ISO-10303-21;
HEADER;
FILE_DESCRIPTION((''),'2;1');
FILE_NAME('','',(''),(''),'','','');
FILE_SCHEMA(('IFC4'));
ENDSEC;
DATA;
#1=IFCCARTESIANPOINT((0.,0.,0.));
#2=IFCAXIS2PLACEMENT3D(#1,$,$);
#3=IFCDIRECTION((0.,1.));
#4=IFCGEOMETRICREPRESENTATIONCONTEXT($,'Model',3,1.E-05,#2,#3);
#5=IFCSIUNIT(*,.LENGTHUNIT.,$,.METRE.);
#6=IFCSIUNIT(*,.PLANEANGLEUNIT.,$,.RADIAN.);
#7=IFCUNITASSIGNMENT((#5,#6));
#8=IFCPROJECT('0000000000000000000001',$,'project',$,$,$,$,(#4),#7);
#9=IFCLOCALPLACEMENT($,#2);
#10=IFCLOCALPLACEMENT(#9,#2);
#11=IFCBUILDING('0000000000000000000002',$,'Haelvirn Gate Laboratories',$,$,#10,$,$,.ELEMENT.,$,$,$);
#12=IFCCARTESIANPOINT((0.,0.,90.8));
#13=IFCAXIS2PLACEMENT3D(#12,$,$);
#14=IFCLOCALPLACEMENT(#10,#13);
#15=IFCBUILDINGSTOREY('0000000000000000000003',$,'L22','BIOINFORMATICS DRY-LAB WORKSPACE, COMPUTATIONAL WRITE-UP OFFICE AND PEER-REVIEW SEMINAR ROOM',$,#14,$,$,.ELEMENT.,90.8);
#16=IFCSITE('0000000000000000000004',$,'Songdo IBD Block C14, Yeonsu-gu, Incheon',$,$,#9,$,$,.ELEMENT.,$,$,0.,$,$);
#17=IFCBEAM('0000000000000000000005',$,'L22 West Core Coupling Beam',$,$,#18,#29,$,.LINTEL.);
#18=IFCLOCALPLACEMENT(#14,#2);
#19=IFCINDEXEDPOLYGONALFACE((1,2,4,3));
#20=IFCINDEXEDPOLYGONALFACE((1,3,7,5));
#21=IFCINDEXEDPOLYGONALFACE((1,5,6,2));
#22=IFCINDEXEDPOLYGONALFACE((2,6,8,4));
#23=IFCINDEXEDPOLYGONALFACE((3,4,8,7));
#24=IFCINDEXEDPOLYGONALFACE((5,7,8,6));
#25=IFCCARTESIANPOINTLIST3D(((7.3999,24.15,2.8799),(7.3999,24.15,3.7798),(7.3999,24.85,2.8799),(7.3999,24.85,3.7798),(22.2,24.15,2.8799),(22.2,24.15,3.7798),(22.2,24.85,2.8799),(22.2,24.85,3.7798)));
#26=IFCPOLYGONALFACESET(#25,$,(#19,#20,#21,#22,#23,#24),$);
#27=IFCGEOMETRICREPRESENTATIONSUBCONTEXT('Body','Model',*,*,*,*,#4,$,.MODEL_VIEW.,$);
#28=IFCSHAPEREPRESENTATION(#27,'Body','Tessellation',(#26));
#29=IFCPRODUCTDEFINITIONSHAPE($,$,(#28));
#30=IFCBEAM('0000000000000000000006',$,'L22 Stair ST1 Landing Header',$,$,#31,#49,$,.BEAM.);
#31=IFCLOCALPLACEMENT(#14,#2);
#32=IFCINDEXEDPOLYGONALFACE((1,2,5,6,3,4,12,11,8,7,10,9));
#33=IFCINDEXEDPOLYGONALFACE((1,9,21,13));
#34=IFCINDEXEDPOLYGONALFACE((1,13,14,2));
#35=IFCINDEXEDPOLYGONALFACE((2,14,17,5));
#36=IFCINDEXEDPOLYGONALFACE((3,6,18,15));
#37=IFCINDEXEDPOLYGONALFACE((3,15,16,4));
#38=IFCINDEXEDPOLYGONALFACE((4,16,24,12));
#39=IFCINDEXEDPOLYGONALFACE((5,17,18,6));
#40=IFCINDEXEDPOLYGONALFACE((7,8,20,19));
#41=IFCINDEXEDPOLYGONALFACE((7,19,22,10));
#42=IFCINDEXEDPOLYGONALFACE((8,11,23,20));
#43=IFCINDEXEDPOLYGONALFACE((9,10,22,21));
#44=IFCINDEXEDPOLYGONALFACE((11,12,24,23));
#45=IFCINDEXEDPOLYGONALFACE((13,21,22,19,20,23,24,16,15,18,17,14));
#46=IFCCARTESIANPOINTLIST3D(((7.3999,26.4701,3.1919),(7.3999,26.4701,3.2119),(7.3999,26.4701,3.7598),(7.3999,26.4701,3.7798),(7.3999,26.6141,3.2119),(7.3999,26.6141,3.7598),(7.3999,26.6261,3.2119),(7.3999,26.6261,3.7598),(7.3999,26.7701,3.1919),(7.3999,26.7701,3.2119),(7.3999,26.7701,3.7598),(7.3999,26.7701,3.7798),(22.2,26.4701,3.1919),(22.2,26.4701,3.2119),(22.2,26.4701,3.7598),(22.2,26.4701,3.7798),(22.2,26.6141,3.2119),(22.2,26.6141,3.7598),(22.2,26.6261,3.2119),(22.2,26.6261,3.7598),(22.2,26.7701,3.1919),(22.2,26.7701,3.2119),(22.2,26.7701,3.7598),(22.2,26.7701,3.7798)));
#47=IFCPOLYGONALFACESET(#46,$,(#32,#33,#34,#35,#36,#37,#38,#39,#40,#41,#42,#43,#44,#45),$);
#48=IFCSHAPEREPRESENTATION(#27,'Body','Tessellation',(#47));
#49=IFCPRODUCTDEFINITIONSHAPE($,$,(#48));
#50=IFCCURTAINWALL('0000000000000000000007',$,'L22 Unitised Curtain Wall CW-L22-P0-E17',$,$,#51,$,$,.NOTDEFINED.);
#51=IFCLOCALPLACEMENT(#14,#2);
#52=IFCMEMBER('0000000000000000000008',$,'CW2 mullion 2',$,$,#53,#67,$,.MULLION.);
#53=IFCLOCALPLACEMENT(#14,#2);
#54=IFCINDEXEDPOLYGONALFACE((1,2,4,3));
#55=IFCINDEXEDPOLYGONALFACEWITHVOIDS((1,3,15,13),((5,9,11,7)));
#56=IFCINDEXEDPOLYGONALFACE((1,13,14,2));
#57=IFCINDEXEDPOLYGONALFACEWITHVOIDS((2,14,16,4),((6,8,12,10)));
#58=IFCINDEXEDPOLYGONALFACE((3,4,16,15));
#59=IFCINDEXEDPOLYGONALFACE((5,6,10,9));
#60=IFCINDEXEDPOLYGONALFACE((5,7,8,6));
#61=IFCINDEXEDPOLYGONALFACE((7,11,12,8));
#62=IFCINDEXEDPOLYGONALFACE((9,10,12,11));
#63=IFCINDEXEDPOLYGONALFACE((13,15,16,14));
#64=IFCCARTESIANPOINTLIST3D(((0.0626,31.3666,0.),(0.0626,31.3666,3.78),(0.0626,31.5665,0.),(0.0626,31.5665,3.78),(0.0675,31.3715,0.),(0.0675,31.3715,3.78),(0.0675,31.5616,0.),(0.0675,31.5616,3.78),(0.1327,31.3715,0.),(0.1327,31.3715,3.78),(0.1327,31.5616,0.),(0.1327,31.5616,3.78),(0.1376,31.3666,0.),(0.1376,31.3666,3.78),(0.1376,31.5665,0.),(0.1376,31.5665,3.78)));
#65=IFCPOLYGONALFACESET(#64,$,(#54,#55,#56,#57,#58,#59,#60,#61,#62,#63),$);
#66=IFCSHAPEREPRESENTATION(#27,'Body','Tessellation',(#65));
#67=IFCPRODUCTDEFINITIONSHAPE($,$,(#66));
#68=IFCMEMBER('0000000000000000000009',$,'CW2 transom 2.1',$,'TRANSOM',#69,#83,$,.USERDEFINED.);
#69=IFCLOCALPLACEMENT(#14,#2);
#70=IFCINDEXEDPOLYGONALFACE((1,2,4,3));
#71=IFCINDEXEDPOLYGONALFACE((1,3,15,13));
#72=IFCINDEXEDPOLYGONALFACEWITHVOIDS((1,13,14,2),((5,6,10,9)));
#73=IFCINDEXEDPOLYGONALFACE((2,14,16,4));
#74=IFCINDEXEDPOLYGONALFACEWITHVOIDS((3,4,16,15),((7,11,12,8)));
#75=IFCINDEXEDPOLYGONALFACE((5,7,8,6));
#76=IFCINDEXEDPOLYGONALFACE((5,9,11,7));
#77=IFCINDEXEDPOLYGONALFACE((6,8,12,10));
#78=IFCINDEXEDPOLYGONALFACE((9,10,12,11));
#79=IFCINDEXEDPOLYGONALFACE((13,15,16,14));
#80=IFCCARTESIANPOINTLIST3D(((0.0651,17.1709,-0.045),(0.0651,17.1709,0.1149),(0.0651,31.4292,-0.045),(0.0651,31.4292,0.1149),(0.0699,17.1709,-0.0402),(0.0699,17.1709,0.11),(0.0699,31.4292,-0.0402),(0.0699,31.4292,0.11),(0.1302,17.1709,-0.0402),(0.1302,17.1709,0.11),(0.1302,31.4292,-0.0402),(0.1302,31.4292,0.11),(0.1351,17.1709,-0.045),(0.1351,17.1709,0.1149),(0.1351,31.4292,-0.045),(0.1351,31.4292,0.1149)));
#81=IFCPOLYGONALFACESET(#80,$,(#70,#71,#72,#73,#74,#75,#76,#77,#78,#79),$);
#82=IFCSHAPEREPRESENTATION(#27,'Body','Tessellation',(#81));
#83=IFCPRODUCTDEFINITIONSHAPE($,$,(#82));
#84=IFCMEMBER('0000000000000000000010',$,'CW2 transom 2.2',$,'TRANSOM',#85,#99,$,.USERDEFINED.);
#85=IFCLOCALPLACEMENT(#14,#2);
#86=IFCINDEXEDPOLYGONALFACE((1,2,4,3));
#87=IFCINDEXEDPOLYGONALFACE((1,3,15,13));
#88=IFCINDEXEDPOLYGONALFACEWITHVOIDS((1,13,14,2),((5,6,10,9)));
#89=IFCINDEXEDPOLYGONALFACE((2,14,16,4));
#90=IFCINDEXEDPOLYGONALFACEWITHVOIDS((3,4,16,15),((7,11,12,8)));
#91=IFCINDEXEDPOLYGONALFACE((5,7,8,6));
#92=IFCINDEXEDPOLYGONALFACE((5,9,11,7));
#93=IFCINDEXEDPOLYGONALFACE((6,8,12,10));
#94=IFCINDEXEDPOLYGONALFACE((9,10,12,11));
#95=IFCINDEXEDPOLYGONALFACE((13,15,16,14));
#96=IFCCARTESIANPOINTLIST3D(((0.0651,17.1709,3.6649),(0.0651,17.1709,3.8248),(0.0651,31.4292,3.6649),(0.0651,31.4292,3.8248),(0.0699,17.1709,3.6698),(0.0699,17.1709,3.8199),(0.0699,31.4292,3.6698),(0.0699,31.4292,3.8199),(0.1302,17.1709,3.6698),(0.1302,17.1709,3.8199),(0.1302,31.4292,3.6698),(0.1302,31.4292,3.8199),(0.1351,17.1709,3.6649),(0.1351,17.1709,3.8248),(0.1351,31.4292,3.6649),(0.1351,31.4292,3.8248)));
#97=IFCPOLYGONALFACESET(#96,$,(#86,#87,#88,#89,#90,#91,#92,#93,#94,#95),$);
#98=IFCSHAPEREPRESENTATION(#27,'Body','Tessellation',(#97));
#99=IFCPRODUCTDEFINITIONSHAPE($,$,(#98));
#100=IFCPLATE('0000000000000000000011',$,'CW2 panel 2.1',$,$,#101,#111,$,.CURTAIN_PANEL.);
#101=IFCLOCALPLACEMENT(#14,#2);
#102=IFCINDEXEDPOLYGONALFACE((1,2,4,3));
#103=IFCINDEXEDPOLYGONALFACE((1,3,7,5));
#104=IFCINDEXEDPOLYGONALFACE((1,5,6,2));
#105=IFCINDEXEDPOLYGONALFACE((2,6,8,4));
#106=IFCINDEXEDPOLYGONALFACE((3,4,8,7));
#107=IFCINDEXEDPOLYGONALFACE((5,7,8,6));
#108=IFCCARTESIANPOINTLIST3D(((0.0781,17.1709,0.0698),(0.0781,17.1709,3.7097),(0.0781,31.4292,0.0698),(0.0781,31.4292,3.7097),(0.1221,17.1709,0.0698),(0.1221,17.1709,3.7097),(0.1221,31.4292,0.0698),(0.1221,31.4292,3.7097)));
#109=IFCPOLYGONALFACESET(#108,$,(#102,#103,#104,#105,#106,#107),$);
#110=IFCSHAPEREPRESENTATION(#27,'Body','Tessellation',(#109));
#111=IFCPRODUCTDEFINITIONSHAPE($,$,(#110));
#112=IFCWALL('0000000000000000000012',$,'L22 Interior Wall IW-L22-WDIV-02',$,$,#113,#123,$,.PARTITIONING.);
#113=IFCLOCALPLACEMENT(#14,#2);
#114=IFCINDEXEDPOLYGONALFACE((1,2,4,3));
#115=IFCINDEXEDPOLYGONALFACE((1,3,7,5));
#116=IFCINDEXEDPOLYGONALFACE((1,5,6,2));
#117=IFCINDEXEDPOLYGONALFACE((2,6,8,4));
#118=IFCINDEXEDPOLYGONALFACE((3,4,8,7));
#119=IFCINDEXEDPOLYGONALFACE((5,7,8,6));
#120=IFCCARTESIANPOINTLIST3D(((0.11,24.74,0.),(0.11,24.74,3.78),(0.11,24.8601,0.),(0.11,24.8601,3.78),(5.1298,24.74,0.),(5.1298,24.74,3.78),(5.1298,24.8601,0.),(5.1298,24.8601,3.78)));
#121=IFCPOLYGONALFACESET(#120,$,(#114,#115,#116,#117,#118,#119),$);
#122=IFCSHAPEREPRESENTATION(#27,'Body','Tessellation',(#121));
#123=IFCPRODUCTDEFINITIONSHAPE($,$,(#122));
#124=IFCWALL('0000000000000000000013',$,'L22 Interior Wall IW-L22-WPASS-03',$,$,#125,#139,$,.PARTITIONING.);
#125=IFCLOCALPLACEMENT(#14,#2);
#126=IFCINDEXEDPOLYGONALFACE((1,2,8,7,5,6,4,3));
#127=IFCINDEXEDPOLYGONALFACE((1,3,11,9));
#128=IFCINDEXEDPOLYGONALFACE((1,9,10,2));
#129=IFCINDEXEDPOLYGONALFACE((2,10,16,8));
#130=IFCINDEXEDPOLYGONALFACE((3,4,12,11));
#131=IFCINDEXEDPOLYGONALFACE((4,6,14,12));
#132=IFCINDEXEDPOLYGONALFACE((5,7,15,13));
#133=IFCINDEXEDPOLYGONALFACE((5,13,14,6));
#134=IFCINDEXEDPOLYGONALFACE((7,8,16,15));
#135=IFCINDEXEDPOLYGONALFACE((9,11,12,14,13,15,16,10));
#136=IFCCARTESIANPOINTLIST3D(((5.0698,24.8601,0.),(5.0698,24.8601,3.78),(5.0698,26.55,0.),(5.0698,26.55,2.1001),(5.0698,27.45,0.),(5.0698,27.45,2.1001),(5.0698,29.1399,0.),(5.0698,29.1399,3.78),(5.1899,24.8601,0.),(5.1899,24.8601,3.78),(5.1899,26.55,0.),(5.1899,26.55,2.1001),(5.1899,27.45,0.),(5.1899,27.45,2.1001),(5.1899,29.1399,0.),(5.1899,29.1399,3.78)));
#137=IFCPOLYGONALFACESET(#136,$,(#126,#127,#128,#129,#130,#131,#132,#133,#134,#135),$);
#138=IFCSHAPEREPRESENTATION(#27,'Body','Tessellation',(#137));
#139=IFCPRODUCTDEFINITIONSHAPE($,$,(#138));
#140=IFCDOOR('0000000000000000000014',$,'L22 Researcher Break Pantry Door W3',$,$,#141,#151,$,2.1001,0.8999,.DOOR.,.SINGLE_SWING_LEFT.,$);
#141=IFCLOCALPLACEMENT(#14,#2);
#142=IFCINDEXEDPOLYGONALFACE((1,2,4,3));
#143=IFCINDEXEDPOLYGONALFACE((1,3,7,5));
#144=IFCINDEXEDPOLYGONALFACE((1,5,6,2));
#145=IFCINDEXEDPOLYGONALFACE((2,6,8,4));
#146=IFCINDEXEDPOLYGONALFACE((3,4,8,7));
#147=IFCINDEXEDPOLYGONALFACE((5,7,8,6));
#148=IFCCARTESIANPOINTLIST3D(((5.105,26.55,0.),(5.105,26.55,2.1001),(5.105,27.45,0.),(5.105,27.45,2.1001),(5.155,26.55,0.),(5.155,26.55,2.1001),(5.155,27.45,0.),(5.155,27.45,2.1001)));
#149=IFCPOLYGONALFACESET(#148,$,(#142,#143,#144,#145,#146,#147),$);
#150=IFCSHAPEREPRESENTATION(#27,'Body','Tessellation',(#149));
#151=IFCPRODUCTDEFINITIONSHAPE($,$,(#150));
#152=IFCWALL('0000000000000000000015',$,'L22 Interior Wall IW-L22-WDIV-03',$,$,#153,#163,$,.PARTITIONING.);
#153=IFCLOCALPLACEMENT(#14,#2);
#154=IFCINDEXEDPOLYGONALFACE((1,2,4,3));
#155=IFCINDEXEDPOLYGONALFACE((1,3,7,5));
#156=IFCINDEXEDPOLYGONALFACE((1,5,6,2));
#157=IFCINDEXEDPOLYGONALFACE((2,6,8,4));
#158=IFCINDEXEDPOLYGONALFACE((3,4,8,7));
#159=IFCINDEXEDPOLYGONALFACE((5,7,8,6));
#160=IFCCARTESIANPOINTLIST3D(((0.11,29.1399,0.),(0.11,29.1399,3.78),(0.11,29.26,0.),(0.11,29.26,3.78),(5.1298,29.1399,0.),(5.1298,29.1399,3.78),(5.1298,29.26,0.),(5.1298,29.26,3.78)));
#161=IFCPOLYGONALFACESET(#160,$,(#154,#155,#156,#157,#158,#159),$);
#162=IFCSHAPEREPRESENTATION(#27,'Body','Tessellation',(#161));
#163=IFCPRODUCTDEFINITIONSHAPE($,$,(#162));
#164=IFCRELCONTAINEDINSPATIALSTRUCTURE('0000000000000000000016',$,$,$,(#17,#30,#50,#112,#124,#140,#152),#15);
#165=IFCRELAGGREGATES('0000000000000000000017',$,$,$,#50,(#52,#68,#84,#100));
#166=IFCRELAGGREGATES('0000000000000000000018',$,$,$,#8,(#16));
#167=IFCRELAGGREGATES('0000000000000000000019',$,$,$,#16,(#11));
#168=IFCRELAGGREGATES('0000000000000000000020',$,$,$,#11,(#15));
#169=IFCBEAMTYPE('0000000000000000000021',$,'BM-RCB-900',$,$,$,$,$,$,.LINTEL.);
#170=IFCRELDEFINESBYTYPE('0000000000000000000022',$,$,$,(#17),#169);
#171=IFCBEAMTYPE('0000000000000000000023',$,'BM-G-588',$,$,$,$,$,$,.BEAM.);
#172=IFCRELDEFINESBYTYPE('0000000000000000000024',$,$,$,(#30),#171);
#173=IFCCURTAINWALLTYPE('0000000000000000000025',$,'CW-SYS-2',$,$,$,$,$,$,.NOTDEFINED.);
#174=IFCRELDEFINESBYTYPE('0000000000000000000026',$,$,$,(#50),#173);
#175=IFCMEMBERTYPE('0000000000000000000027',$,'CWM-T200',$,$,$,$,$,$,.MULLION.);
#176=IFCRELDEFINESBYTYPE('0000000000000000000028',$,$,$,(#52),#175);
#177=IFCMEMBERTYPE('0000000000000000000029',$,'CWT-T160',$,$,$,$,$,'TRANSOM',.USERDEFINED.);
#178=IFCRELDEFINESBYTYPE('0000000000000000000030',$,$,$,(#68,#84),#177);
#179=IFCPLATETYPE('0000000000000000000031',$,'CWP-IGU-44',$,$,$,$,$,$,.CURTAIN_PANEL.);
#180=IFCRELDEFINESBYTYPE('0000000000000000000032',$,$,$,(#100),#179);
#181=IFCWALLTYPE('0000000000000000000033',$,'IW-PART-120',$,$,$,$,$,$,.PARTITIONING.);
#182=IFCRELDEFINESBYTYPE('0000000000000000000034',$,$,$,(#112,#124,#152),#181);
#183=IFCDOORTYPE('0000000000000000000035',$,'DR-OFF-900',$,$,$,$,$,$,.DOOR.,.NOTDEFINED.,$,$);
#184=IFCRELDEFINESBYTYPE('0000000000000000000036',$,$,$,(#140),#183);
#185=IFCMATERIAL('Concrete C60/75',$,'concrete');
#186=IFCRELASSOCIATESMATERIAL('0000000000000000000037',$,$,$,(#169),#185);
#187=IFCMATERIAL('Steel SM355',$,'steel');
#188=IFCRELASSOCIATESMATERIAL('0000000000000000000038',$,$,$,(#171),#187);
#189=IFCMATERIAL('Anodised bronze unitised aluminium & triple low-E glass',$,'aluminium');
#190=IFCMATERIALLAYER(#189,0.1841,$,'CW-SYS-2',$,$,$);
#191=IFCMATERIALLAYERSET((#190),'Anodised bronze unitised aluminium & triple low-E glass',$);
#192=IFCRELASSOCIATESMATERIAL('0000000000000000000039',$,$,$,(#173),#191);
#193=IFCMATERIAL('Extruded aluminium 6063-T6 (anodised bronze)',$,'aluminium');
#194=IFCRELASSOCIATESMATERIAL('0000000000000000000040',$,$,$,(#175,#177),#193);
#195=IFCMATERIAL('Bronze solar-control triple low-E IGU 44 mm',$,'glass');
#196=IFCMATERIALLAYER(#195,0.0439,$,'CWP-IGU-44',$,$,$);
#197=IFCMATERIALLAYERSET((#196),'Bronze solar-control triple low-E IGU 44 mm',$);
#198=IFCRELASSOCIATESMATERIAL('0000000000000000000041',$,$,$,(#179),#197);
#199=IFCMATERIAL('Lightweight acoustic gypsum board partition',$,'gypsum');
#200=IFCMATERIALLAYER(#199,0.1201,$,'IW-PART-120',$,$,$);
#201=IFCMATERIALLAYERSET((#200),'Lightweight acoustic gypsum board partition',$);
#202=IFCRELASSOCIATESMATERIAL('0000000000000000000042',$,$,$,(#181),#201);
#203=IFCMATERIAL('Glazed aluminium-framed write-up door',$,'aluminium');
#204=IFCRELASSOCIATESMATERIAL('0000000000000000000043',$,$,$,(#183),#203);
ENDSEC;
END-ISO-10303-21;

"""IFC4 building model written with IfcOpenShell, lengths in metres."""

from ifc_helpers import new_model, si_unit, direction, frame, frame_2d, origin, origin_2d, place, context, subcontext, project, spatial, rectangle, hollow_rectangle, i_section, extrude, source, transform, mapped, material, layer, layer_set, material_profile, profile_set, type_object, type_shapes, element, fill, aggregate, save


model = new_model("IFC4")

# Units and contexts
model_context = context("Model", 3, precision=1e-05, world=origin(), true_north=direction((0.0, 1.0)))
body_context = subcontext(model_context, "Body", "Model", "MODEL_VIEW")
ifc_project = project(units=[si_unit("LENGTHUNIT", "METRE"), si_unit("PLANEANGLEUNIT", "RADIAN")], contexts=[model_context])

# Site, building, storey
site_placement = place(None, origin())
site = spatial("IfcSite", under=ifc_project, at=site_placement, Name="Songdo IBD Block C14, Yeonsu-gu, Incheon", CompositionType="ELEMENT", RefElevation=0.0)
building_placement = place(site_placement, origin())
building = spatial("IfcBuilding", under=site, at=building_placement, Name="Haelvirn Gate Laboratories", CompositionType="ELEMENT")
storey_placement = place(building_placement, frame((0.0, 0.0, 90.8)))
storey = spatial("IfcBuildingStorey", under=building, at=storey_placement, Name="L22", Description="BIOINFORMATICS DRY-LAB WORKSPACE, COMPUTATIONAL WRITE-UP OFFICE AND PEER-REVIEW SEMINAR ROOM", CompositionType="ELEMENT", Elevation=90.8)

# Beams
ifc_material_1 = material(Name="Concrete C60/75", Category="concrete")
ifc_material_profile_1 = material_profile(ifc_material_1, rectangle(XDim=0.7, YDim=0.8999, at=origin_2d()), Name="RCB-700x900")
ifc_profile_set_1 = profile_set([ifc_material_profile_1], Name="Concrete C60/75")
beam_type_1 = type_object("IfcBeamType", Name="BM-RCB-900", PredefinedType="LINTEL", material=ifc_profile_set_1)
shared_shape_1 = source(origin(), body_context, "Body", "SweptSolid", [
    extrude(rectangle(XDim=0.7, YDim=0.8999, at=origin_2d()), origin(), (0.0, 0.0, 1.0), 14.8),
])
type_shapes(beam_type_1, [shared_shape_1])
beam_1_placement = place(storey_placement, frame((7.3999, 24.5, 3.3298), z_axis=(1.0, 0.0, 0.0), x_axis=(0.0, 1.0, 0.0)))
element("IfcBeam", 1, at=beam_1_placement, inside=storey, type_object=beam_type_1, Name="L22 West Core Coupling Beam", PredefinedType="LINTEL", context=body_context, shape_type="MappedRepresentation", body=[
    mapped(shared_shape_1, transform((0.0, 0.0, 0.0), scale=1.0)),
])
ifc_material_2 = material(Name="Steel SM355", Category="steel")
ifc_material_profile_2 = material_profile(ifc_material_2, i_section(OverallWidth=0.3, OverallDepth=0.5879, WebThickness=0.012, FlangeThickness=0.02, at=origin_2d()), Name="H-588x300x12x20")
ifc_profile_set_2 = profile_set([ifc_material_profile_2], Name="Steel SM355")
beam_type_2 = type_object("IfcBeamType", Name="BM-G-588", PredefinedType="BEAM", material=ifc_profile_set_2)
shared_shape_2 = source(origin(), body_context, "Body", "SweptSolid", [
    extrude(i_section(OverallWidth=0.3, OverallDepth=0.5879, WebThickness=0.012, FlangeThickness=0.02, at=origin_2d()), origin(), (0.0, 0.0, 1.0), 14.8),
])
type_shapes(beam_type_2, [shared_shape_2])
beam_2_placement = place(storey_placement, frame((7.3999, 26.6201, 3.4858), z_axis=(1.0, 0.0, 0.0), x_axis=(0.0, 1.0, 0.0)))
element("IfcBeam", 2, at=beam_2_placement, inside=storey, type_object=beam_type_2, Name="L22 Stair ST1 Landing Header", PredefinedType="BEAM", context=body_context, shape_type="MappedRepresentation", body=[
    mapped(shared_shape_2, transform((0.0, 0.0, 0.0), scale=1.0)),
])

# Curtain wall, members, plate
ifc_material_3 = material(Name="Anodised bronze unitised aluminium & triple low-E glass", Category="aluminium")
ifc_layer_1 = layer(ifc_material_3, 0.1841, Name="CW-SYS-2")
ifc_layer_set_1 = layer_set([ifc_layer_1], Name="Anodised bronze unitised aluminium & triple low-E glass")
curtain_wall_type = type_object("IfcCurtainWallType", Name="CW-SYS-2", PredefinedType="NOTDEFINED", material=ifc_layer_set_1)
curtain_wall_placement = place(storey_placement, origin())
curtain_wall = element("IfcCurtainWall", 3, at=curtain_wall_placement, inside=storey, type_object=curtain_wall_type, Name="L22 Unitised Curtain Wall CW-L22-P0-E17", PredefinedType="NOTDEFINED")
ifc_material_4 = material(Name="Extruded aluminium 6063-T6 (anodised bronze)", Category="aluminium")
ifc_material_profile_3 = material_profile(ifc_material_4, hollow_rectangle(XDim=0.075, YDim=0.2, WallThickness=0.0049, at=origin_2d()), Name="CWM-200x75x5")
ifc_profile_set_3 = profile_set([ifc_material_profile_3], Name="Extruded aluminium 6063-T6 (anodised bronze)")
member_type_1 = type_object("IfcMemberType", Name="CWM-T200", PredefinedType="MULLION", material=ifc_profile_set_3)
shared_shape_3 = source(origin(), body_context, "Body", "SweptSolid", [
    extrude(hollow_rectangle(XDim=0.075, YDim=0.2, WallThickness=0.0049, at=origin_2d()), origin(), (0.0, 0.0, 1.0), 3.78),
])
type_shapes(member_type_1, [shared_shape_3])
member_1_placement = place(storey_placement, frame((0.1001, 31.4666, 0.0), z_axis=(0.0, 0.0, 1.0), x_axis=(1.0, 0.0, 0.0)))
member_1 = element("IfcMember", 4, at=member_1_placement, type_object=member_type_1, Name="CW2 mullion 2", PredefinedType="MULLION", context=body_context, shape_type="MappedRepresentation", body=[
    mapped(shared_shape_3, transform((0.0, 0.0, 0.0), scale=1.0)),
])
ifc_material_profile_4 = material_profile(ifc_material_4, hollow_rectangle(XDim=0.0701, YDim=0.1599, WallThickness=0.0049, at=origin_2d()), Name="CWT-160x70x5")
ifc_profile_set_4 = profile_set([ifc_material_profile_4], Name="Extruded aluminium 6063-T6 (anodised bronze)")
member_type_2 = type_object("IfcMemberType", Name="CWT-T160", ElementType="TRANSOM", PredefinedType="USERDEFINED", material=ifc_profile_set_4)
shared_shape_4 = source(origin(), body_context, "Body", "SweptSolid", [
    extrude(hollow_rectangle(XDim=0.0701, YDim=0.1599, WallThickness=0.0049, at=origin_2d()), origin(), (0.0, 0.0, 1.0), 14.2583),
])
type_shapes(member_type_2, [shared_shape_4])
member_2_placement = place(storey_placement, frame((0.1001, 31.4292, 0.0349), z_axis=(0.0, -1.0, 0.0), x_axis=(1.0, 0.0, 0.0)))
member_2 = element("IfcMember", 5, at=member_2_placement, type_object=member_type_2, Name="CW2 transom 2.1", ObjectType="TRANSOM", PredefinedType="USERDEFINED", context=body_context, shape_type="MappedRepresentation", body=[
    mapped(shared_shape_4, transform((0.0, 0.0, 0.0), scale=1.0)),
])
member_3_placement = place(storey_placement, frame((0.1001, 31.4292, 3.7449), z_axis=(0.0, -1.0, 0.0), x_axis=(1.0, 0.0, 0.0)))
member_3 = element("IfcMember", 6, at=member_3_placement, type_object=member_type_2, Name="CW2 transom 2.2", ObjectType="TRANSOM", PredefinedType="USERDEFINED", context=body_context, shape_type="MappedRepresentation", body=[
    mapped(shared_shape_4, transform((0.0, 0.0, 0.0), scale=1.0)),
])
ifc_material_5 = material(Name="Bronze solar-control triple low-E IGU 44 mm", Category="glass")
ifc_layer_2 = layer(ifc_material_5, 0.0439, Name="CWP-IGU-44")
ifc_layer_set_2 = layer_set([ifc_layer_2], Name="Bronze solar-control triple low-E IGU 44 mm")
plate_type = type_object("IfcPlateType", Name="CWP-IGU-44", PredefinedType="CURTAIN_PANEL", material=ifc_layer_set_2)
shared_shape_5 = source(origin(), body_context, "Body", "SweptSolid", [
    extrude(rectangle(XDim=14.2583, YDim=0.0439, at=origin_2d()), origin(), (0.0, 0.0, 1.0), 3.6399),
])
type_shapes(plate_type, [shared_shape_5])
plate_placement = place(storey_placement, frame((0.1001, 24.3, 0.0698), z_axis=(0.0, 0.0, 1.0), x_axis=(0.0, -1.0, 0.0)))
plate = element("IfcPlate", 7, at=plate_placement, type_object=plate_type, Name="CW2 panel 2.1", PredefinedType="CURTAIN_PANEL", context=body_context, shape_type="MappedRepresentation", body=[
    mapped(shared_shape_5, transform((0.0, 0.0, 0.0), scale=1.0)),
])
aggregate(curtain_wall, [member_1, member_2, member_3, plate])

# Wall
ifc_material_6 = material(Name="Lightweight acoustic gypsum board partition", Category="gypsum")
ifc_layer_3 = layer(ifc_material_6, 0.1201, Name="IW-PART-120")
ifc_layer_set_3 = layer_set([ifc_layer_3], Name="Lightweight acoustic gypsum board partition")
wall_type_1 = type_object("IfcWallType", Name="IW-PART-120", PredefinedType="PARTITIONING", material=ifc_layer_set_3)
wall_1_placement = place(storey_placement, frame((0.1101, 24.8, 0.0), z_axis=(0.0, 0.0, 1.0), x_axis=(1.0, 0.0, 0.0)))
element("IfcWall", 8, at=wall_1_placement, inside=storey, type_object=wall_type_1, Name="L22 Interior Wall IW-L22-WDIV-02", PredefinedType="PARTITIONING", context=body_context, shape_type="SweptSolid", body=[
    extrude(rectangle(XDim=5.0198, YDim=0.1201, at=frame_2d((2.5098, 0.0))), origin(), (0.0, 0.0, 1.0), 3.78),
])

# Wall, opening, door
wall_2_placement = place(storey_placement, frame((5.1299, 24.8601, 0.0), z_axis=(0.0, 0.0, 1.0), x_axis=(0.0, 1.0, 0.0)))
wall_2 = element("IfcWall", 9, at=wall_2_placement, inside=storey, type_object=wall_type_1, Name="L22 Interior Wall IW-L22-WPASS-03", PredefinedType="PARTITIONING", context=body_context, shape_type="SweptSolid", body=[
    extrude(rectangle(XDim=4.2798, YDim=0.1201, at=frame_2d((2.1399, 0.0))), origin(), (0.0, 0.0, 1.0), 3.78),
])
opening_1_placement = place(wall_2_placement, frame((1.6899, 0.0, 0.0)))
opening_1 = element("IfcOpeningElement", 10, at=opening_1_placement, cuts=wall_2, PredefinedType="OPENING", context=body_context, shape_type="SweptSolid", body=[
    extrude(rectangle(XDim=0.8999, YDim=2.1001, at=frame_2d((0.45, 1.05))), frame((0.0, 0.0701, 0.0), z_axis=(0.0, -1.0, 0.0), x_axis=(1.0, 0.0, 0.0)), (0.0, 0.0, 1.0), 0.1401),
])
ifc_material_7 = material(Name="Glazed aluminium-framed write-up door", Category="aluminium")
door_type = type_object("IfcDoorType", Name="DR-OFF-900", OperationType="NOTDEFINED", PredefinedType="DOOR", material=ifc_material_7)
shared_shape_6 = source(origin(), body_context, "Body", "SweptSolid", [
    extrude(rectangle(XDim=0.8999, YDim=2.1001, at=frame_2d((0.45, 1.05))), frame((0.0, 0.0249, 0.0), z_axis=(0.0, -1.0, 0.0), x_axis=(1.0, 0.0, 0.0)), (0.0, 0.0, 1.0), 0.05),
])
type_shapes(door_type, [shared_shape_6])
door_1_placement = place(opening_1_placement, origin())
door_1 = element("IfcDoor", 11, at=door_1_placement, inside=storey, type_object=door_type, Name="L22 Researcher Break Pantry Door W3", OperationType="SINGLE_SWING_LEFT", OverallHeight=2.1001, OverallWidth=0.8999, PredefinedType="DOOR", context=body_context, shape_type="MappedRepresentation", body=[
    mapped(shared_shape_6, transform((0.0, 0.0, 0.0), scale=1.0)),
])
fill(opening_1, door_1)

# Wall
wall_3_placement = place(storey_placement, frame((0.1101, 29.2, 0.0), z_axis=(0.0, 0.0, 1.0), x_axis=(1.0, 0.0, 0.0)))
element("IfcWall", 12, at=wall_3_placement, inside=storey, type_object=wall_type_1, Name="L22 Interior Wall IW-L22-WDIV-03", PredefinedType="PARTITIONING", context=body_context, shape_type="SweptSolid", body=[
    extrude(rectangle(XDim=5.0198, YDim=0.1201, at=frame_2d((2.5098, 0.0))), origin(), (0.0, 0.0, 1.0), 3.78),
])

save(model, "model.ifc")
